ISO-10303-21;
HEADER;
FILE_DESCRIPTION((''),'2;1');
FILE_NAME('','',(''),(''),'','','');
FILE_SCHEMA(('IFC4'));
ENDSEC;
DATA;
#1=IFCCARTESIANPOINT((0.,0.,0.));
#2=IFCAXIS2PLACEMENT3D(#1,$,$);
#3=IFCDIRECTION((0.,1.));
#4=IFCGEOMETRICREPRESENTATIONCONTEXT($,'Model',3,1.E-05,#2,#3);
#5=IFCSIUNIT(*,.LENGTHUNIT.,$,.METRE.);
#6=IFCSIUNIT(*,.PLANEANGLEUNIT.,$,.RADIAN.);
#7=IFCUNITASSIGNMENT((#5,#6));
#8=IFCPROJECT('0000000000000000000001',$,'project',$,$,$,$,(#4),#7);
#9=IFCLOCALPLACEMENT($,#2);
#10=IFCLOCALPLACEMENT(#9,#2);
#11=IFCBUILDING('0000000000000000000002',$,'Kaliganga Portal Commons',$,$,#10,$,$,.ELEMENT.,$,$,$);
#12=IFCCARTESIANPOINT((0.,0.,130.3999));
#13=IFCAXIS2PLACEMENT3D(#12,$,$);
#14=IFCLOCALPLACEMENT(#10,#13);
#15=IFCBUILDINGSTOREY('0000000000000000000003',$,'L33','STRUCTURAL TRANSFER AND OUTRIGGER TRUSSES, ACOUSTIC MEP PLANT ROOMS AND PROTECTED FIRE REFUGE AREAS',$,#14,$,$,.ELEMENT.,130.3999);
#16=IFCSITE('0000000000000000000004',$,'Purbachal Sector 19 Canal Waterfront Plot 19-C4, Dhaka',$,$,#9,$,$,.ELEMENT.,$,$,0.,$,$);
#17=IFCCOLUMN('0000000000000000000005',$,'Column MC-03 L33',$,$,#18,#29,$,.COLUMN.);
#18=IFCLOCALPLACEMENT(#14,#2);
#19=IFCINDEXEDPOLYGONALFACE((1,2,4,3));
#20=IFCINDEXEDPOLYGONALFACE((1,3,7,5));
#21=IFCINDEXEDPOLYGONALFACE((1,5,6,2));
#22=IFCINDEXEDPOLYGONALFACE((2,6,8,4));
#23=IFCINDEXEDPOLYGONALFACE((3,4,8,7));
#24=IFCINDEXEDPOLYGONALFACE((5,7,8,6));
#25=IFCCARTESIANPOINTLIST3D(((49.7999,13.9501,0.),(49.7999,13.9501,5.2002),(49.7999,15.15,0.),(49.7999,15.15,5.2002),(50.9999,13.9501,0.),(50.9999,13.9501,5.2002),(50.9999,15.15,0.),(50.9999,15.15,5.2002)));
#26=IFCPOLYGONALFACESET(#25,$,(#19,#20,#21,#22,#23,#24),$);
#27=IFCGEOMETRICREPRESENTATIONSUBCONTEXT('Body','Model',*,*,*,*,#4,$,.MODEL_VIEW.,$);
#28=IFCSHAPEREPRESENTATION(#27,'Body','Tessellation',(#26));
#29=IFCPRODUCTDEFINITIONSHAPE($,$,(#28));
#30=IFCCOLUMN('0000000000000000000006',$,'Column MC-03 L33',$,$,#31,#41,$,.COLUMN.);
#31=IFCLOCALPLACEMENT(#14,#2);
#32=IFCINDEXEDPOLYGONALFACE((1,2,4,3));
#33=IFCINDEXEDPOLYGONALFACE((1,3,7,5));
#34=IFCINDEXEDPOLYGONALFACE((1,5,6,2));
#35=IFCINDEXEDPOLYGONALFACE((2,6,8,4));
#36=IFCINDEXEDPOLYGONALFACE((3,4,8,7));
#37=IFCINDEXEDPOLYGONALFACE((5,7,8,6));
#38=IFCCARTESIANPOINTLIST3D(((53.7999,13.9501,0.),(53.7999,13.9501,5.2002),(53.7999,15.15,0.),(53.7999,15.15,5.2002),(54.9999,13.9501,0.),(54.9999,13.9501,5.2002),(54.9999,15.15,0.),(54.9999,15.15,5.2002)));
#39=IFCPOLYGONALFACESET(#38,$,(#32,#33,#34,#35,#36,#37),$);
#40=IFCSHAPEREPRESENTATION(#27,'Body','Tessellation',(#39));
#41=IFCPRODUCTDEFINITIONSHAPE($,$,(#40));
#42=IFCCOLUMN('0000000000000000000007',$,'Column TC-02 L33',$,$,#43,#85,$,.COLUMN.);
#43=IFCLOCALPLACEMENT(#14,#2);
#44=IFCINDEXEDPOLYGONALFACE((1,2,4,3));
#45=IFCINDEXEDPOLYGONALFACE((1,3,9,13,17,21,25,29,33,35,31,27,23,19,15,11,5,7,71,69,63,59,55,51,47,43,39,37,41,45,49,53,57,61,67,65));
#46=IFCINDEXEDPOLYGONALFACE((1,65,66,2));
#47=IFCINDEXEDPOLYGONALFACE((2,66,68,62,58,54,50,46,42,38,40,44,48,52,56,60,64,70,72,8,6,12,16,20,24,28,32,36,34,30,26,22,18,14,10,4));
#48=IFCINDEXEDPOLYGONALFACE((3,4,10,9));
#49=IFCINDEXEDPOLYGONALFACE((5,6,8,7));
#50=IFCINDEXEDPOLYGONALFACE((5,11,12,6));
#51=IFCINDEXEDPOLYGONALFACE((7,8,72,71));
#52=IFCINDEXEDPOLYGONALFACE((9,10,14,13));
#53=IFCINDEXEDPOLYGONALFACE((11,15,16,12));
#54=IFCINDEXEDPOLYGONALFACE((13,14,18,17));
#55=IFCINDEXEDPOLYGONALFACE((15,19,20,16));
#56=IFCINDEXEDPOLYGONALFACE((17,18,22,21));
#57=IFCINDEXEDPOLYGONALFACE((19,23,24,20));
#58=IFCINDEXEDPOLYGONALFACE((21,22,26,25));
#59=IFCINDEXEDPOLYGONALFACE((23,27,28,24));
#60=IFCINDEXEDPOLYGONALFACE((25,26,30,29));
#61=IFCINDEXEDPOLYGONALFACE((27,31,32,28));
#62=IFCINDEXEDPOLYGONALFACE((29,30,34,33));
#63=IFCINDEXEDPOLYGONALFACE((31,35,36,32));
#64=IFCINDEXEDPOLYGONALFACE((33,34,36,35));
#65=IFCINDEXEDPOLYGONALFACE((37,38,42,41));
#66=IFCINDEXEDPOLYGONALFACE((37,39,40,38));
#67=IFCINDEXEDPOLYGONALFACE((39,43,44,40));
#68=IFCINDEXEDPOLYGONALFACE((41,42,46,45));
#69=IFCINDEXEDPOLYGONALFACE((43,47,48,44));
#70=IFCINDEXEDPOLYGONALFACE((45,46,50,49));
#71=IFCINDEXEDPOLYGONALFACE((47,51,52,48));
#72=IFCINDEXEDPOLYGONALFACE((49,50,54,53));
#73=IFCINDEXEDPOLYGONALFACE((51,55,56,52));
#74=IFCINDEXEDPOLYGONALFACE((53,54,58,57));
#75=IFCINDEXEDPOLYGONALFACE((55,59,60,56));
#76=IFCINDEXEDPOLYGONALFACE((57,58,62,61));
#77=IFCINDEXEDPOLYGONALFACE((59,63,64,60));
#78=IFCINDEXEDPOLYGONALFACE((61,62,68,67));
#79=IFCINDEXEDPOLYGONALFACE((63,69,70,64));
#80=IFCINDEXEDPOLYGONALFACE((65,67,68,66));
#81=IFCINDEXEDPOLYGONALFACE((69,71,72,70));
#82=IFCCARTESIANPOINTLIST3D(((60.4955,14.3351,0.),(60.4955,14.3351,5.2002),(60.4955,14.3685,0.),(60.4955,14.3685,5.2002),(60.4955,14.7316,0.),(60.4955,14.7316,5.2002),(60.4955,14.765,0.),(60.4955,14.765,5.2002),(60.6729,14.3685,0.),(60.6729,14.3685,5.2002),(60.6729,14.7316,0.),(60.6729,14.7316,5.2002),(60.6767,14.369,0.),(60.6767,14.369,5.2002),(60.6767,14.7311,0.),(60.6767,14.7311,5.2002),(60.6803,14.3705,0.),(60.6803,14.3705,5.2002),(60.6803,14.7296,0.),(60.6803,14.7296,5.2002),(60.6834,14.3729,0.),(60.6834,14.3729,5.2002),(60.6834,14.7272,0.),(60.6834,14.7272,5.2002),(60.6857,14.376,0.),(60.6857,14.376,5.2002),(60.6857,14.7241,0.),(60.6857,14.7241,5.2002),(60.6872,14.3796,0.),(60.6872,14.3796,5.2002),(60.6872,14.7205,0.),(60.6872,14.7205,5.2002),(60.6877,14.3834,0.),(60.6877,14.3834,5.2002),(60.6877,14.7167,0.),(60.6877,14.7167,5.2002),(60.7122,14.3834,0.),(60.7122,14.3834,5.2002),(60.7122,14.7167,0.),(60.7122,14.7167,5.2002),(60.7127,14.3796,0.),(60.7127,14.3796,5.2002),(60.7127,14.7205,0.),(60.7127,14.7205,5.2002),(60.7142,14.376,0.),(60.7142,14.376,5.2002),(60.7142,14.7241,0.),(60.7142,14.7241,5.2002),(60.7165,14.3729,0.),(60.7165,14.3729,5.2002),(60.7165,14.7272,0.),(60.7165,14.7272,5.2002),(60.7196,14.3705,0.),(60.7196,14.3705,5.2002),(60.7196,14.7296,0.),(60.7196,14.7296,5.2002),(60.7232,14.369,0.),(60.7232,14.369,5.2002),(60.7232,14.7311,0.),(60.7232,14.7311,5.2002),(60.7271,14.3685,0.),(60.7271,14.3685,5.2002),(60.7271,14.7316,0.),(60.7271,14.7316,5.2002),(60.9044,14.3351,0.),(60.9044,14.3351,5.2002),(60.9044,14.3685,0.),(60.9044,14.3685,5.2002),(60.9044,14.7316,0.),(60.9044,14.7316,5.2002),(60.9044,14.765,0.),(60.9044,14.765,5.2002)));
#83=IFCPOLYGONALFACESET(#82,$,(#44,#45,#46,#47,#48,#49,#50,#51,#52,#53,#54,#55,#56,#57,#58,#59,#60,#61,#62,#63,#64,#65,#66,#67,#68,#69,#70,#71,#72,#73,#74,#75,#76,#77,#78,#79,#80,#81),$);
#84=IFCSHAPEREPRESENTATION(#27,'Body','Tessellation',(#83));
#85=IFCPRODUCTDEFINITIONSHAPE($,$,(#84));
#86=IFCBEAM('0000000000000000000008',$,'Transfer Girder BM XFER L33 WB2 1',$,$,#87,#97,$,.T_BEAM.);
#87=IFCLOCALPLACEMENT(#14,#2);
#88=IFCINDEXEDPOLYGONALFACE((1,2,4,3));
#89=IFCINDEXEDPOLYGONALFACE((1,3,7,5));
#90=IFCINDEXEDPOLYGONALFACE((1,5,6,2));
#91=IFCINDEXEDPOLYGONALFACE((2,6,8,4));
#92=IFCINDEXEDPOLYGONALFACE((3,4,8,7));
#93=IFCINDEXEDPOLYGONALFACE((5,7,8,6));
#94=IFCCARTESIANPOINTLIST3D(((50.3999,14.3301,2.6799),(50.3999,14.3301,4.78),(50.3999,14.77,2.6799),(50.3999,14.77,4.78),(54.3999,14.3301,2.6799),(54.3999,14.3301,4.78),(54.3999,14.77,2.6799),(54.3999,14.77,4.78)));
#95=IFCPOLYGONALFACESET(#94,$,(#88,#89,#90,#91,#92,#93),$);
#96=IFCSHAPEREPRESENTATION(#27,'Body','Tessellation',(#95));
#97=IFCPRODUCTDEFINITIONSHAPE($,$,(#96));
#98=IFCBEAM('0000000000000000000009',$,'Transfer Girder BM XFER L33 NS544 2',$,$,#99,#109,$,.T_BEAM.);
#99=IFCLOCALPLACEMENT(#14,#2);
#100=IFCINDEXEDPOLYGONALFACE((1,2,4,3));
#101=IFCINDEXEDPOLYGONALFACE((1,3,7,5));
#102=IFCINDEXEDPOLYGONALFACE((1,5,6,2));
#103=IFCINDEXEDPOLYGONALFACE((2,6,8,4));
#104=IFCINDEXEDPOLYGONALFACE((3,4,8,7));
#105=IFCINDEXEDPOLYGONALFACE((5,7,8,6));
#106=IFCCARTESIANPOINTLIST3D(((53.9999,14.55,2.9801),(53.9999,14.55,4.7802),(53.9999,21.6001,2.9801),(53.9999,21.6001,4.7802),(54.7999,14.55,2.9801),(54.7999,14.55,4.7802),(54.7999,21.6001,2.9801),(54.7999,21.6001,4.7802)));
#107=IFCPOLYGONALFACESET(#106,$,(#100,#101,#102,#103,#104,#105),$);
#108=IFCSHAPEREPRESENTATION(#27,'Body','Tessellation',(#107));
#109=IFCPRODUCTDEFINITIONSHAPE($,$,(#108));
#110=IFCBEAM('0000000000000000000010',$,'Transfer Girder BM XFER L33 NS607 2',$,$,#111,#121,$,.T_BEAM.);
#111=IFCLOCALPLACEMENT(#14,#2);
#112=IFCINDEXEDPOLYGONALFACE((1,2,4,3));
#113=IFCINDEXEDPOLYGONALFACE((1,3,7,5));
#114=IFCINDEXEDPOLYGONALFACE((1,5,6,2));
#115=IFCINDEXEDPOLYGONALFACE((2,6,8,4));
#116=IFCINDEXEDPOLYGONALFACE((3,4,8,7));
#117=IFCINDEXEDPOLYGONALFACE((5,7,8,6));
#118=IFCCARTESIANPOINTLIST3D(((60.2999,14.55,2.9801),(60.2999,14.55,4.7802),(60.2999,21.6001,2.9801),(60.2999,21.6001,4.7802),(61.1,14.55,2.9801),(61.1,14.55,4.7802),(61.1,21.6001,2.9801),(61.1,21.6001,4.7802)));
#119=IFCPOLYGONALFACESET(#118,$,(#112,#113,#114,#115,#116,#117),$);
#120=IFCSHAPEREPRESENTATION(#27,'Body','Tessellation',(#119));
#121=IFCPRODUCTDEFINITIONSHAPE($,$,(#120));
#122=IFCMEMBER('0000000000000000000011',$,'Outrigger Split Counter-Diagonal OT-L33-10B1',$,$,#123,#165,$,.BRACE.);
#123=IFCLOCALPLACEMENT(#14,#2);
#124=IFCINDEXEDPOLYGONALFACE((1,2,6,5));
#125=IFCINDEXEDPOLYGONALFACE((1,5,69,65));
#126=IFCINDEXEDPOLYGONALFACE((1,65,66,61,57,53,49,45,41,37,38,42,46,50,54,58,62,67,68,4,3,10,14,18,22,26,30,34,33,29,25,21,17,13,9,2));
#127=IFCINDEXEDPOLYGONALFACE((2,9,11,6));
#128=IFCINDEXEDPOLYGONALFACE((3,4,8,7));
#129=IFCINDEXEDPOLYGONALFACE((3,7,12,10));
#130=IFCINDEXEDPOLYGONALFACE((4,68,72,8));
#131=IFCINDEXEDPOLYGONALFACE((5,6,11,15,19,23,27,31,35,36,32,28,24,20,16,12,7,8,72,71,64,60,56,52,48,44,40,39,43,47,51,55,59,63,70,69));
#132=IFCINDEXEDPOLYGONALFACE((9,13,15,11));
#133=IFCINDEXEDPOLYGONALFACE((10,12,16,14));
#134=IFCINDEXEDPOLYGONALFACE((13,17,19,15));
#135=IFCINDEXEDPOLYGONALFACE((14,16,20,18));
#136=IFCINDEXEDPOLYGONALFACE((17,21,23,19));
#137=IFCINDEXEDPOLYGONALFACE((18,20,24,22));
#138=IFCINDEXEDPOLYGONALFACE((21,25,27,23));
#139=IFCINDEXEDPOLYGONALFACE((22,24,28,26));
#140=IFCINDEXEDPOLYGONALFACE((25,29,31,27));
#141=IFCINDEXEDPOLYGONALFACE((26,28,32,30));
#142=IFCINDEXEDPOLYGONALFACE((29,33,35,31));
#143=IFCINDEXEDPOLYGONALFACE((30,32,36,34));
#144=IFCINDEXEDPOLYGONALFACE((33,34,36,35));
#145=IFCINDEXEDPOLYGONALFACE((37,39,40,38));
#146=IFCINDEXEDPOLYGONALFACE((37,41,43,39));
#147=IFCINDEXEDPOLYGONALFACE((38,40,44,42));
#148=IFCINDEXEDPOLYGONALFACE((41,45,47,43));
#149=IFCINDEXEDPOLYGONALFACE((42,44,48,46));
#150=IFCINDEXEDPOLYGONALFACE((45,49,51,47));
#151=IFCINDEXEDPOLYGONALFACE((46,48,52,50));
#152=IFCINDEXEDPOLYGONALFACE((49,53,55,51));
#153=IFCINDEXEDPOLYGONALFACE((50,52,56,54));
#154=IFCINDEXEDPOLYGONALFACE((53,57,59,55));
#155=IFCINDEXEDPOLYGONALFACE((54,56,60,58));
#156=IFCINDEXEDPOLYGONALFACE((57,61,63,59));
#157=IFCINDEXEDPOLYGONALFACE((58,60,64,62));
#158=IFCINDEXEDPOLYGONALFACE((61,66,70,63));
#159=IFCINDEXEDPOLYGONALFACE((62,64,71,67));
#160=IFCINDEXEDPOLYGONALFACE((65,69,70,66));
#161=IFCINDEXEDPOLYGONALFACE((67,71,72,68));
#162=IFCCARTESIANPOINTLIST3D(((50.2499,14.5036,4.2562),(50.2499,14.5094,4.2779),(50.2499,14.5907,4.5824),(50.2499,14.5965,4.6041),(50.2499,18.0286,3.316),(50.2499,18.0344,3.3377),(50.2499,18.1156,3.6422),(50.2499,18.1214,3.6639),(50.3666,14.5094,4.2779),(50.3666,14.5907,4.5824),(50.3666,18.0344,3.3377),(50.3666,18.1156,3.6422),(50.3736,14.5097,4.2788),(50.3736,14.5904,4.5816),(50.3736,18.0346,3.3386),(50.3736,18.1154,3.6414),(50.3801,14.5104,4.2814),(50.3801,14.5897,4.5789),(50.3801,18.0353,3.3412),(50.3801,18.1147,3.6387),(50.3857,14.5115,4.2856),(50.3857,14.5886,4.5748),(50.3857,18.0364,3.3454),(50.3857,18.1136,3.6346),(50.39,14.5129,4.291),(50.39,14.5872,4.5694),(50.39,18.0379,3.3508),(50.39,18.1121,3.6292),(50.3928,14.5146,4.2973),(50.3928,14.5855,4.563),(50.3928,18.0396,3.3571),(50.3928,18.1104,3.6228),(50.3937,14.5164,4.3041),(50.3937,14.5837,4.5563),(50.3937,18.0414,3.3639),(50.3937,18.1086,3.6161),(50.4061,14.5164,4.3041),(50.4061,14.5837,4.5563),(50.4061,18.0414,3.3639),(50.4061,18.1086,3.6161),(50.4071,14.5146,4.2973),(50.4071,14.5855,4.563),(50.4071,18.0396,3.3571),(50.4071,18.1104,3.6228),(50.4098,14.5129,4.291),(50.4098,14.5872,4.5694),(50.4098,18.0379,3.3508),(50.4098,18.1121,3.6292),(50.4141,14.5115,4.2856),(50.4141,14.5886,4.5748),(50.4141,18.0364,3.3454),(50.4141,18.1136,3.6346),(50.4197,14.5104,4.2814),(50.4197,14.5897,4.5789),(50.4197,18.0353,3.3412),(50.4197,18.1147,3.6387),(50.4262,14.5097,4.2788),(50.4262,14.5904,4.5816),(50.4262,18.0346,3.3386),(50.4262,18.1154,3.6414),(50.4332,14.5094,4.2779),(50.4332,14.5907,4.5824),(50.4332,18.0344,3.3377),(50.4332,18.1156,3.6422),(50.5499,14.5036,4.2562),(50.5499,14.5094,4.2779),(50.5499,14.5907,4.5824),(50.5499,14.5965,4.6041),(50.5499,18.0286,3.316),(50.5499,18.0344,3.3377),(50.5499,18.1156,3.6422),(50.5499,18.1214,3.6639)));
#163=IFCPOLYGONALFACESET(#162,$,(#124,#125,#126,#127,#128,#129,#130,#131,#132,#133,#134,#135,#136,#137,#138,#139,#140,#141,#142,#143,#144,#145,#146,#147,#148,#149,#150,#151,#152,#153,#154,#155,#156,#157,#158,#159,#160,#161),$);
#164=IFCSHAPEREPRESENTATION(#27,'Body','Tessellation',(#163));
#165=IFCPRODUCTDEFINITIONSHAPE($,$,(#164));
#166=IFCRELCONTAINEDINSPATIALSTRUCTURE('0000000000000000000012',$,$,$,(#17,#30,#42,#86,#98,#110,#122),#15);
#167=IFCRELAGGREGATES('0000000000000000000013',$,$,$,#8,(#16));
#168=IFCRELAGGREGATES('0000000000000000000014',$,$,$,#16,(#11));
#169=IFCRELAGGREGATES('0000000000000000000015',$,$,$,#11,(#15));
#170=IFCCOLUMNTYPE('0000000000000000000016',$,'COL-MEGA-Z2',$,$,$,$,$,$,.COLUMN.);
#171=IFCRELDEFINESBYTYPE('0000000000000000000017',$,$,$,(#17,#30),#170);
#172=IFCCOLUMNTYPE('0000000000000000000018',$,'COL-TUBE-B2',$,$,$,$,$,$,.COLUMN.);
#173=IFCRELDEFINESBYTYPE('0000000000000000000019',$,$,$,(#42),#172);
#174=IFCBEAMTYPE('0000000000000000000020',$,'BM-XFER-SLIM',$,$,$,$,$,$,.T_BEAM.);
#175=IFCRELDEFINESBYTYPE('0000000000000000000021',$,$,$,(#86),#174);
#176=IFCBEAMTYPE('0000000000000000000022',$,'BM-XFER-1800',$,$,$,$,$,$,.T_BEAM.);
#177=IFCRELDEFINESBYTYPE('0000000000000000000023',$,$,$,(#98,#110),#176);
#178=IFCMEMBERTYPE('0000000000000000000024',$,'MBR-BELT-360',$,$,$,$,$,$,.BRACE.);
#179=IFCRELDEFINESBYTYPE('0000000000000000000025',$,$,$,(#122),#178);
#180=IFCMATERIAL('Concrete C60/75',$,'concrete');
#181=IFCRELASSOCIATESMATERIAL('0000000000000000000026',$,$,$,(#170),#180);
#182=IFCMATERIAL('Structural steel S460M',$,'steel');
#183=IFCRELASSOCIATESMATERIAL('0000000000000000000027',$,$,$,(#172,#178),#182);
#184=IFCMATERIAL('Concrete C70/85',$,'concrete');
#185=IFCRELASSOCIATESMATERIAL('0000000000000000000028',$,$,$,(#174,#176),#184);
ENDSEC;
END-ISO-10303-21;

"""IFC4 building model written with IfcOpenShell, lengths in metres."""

from ifc_helpers import new_model, si_unit, direction, frame, origin, origin_2d, place, context, subcontext, project, spatial, rectangle, i_section, extrude, source, transform, mapped, material, material_profile, profile_set, type_object, element, save


model = new_model("IFC4")

# Units and contexts
model_context = context("Model", 3, precision=1e-05, world=origin(), true_north=direction((0.0, 1.0)))
body_context = subcontext(model_context, "Body", "Model", "MODEL_VIEW")
ifc_project = project(units=[si_unit("LENGTHUNIT", "METRE"), si_unit("PLANEANGLEUNIT", "RADIAN")], contexts=[model_context])

# Site, building, storey
site_placement = place(None, origin())
site = spatial("IfcSite", under=ifc_project, at=site_placement, Name="Purbachal Sector 19 Canal Waterfront Plot 19-C4, Dhaka", CompositionType="ELEMENT", RefElevation=0.0)
building_placement = place(site_placement, origin())
building = spatial("IfcBuilding", under=site, at=building_placement, Name="Kaliganga Portal Commons", CompositionType="ELEMENT")
storey_placement = place(building_placement, frame((0.0, 0.0, 130.3999)))
storey = spatial("IfcBuildingStorey", under=building, at=storey_placement, Name="L33", Description="STRUCTURAL TRANSFER AND OUTRIGGER TRUSSES, ACOUSTIC MEP PLANT ROOMS AND PROTECTED FIRE REFUGE AREAS", CompositionType="ELEMENT", Elevation=130.3999)

# Columns
ifc_material_1 = material(Name="Concrete C60/75", Category="concrete")
ifc_material_profile_1 = material_profile(ifc_material_1, rectangle(XDim=1.2, YDim=1.2, at=origin_2d()), Name="RC 1200x1200")
ifc_profile_set_1 = profile_set([ifc_material_profile_1], Name="Concrete C60/75")
column_type_1 = type_object("IfcColumnType", Name="COL-MEGA-Z2", PredefinedType="COLUMN", material=ifc_profile_set_1)
shared_shape_1 = source(origin(), body_context, "Body", "SweptSolid", [
    extrude(rectangle(XDim=1.2, YDim=1.2, at=origin_2d()), origin(), (0.0, 0.0, 1.0), 5.2002),
])
for number, where, z_axis, x_axis, name in (
    (1, (50.3999, 14.55, 0.0), (0.0, 0.0, 1.0), (1.0, 0.0, 0.0), "Column MC-03 L33"),
    (2, (54.3999, 14.55, 0.0), (0.0, 0.0, 1.0), (1.0, 0.0, 0.0), "Column MC-03 L33"),
):
    element("IfcColumn", number, at=place(storey_placement, frame(where, z_axis=z_axis, x_axis=x_axis)), inside=storey, type_object=column_type_1, Name=name, PredefinedType="COLUMN", context=body_context, shape_type="MappedRepresentation", body=[
        mapped(shared_shape_1, transform((0.0, 0.0, 0.0), x_axis=(1.0, 0.0, 0.0), y_axis=(0.0, 1.0, 0.0), z_axis=(0.0, 0.0, 1.0), scale=1.0)),
    ])
ifc_material_2 = material(Name="Structural steel S460M", Category="steel")
ifc_material_profile_2 = material_profile(ifc_material_2, i_section(OverallWidth=0.4089, OverallDepth=0.4299, WebThickness=0.0244, FlangeThickness=0.0334, FilletRadius=0.0149, at=origin_2d()), Name="HD 400x421")
ifc_profile_set_2 = profile_set([ifc_material_profile_2], Name="Structural steel S460M wide-flange")
column_type_2 = type_object("IfcColumnType", Name="COL-TUBE-B2", PredefinedType="COLUMN", material=ifc_profile_set_2)
shared_shape_2 = source(origin(), body_context, "Body", "SweptSolid", [
    extrude(i_section(OverallWidth=0.4089, OverallDepth=0.4299, WebThickness=0.0244, FlangeThickness=0.0334, FilletRadius=0.0149, at=origin_2d()), origin(), (0.0, 0.0, 1.0), 5.2002),
])
column_placement = place(storey_placement, frame((60.7, 14.55, 0.0), z_axis=(0.0, 0.0, 1.0), x_axis=(1.0, 0.0, 0.0)))
element("IfcColumn", 3, at=column_placement, inside=storey, type_object=column_type_2, Name="Column TC-02 L33", PredefinedType="COLUMN", context=body_context, shape_type="MappedRepresentation", body=[
    mapped(shared_shape_2, transform((0.0, 0.0, 0.0), x_axis=(1.0, 0.0, 0.0), y_axis=(0.0, 1.0, 0.0), z_axis=(0.0, 0.0, 1.0), scale=1.0)),
])

# Beams
ifc_material_3 = material(Name="Concrete C70/85", Category="concrete")
ifc_material_profile_3 = material_profile(ifc_material_3, rectangle(XDim=0.4399, YDim=2.1001, at=origin_2d()), Name="RC 440x2100")
ifc_profile_set_3 = profile_set([ifc_material_profile_3], Name="Concrete C70/85")
beam_type_1 = type_object("IfcBeamType", Name="BM-XFER-SLIM", PredefinedType="T_BEAM", material=ifc_profile_set_3)
shared_shape_3 = source(origin(), body_context, "Body", "SweptSolid", [
    extrude(rectangle(XDim=0.4399, YDim=2.1001, at=origin_2d()), origin(), (0.0, 0.0, 1.0), 4.0),
])
beam_1_placement = place(storey_placement, frame((50.3999, 14.55, 3.73), z_axis=(1.0, 0.0, 0.0), x_axis=(0.0, 1.0, 0.0)))
element("IfcBeam", 4, at=beam_1_placement, inside=storey, type_object=beam_type_1, Name="Transfer Girder BM XFER L33 WB2 1", PredefinedType="T_BEAM", context=body_context, shape_type="MappedRepresentation", body=[
    mapped(shared_shape_3, transform((0.0, 0.0, 0.0), x_axis=(1.0, 0.0, 0.0), y_axis=(0.0, 1.0, 0.0), z_axis=(0.0, 0.0, 1.0), scale=1.0)),
])
ifc_material_profile_4 = material_profile(ifc_material_3, rectangle(XDim=0.8, YDim=1.8, at=origin_2d()), Name="RC 800x1800")
ifc_profile_set_4 = profile_set([ifc_material_profile_4], Name="Concrete C70/85")
beam_type_2 = type_object("IfcBeamType", Name="BM-XFER-1800", PredefinedType="T_BEAM", material=ifc_profile_set_4)
shared_shape_4 = source(origin(), body_context, "Body", "SweptSolid", [
    extrude(rectangle(XDim=0.8, YDim=1.8, at=origin_2d()), origin(), (0.0, 0.0, 1.0), 7.05),
])
for number, where, z_axis, x_axis, name in (
    (5, (54.3999, 14.55, 3.8801), (0.0, 1.0, 0.0), (-1.0, 0.0, 0.0), "Transfer Girder BM XFER L33 NS544 2"),
    (6, (60.7, 14.55, 3.8801), (0.0, 1.0, 0.0), (-1.0, 0.0, 0.0), "Transfer Girder BM XFER L33 NS607 2"),
):
    element("IfcBeam", number, at=place(storey_placement, frame(where, z_axis=z_axis, x_axis=x_axis)), inside=storey, type_object=beam_type_2, Name=name, PredefinedType="T_BEAM", context=body_context, shape_type="MappedRepresentation", body=[
        mapped(shared_shape_4, transform((0.0, 0.0, 0.0), x_axis=(1.0, 0.0, 0.0), y_axis=(0.0, 1.0, 0.0), z_axis=(0.0, 0.0, 1.0), scale=1.0)),
    ])

# Member
ifc_material_profile_5 = material_profile(ifc_material_2, i_section(OverallWidth=0.3, OverallDepth=0.3601, WebThickness=0.0125, FlangeThickness=0.0225, FilletRadius=0.0271, at=origin_2d()), Name="HE 360 B")
ifc_profile_set_5 = profile_set([ifc_material_profile_5], Name="Structural steel S460M wide-flange")
member_type_1 = type_object("IfcMemberType", Name="MBR-BELT-360", PredefinedType="BRACE", material=ifc_profile_set_5)
shared_shape_5 = source(origin(), body_context, "Body", "SweptSolid", [
    extrude(i_section(OverallWidth=0.3, OverallDepth=0.3601, WebThickness=0.0125, FlangeThickness=0.0225, FilletRadius=0.0271, at=origin_2d()), origin(), (0.0, 0.0, 1.0), 3.6482),
])
for number, where, z_axis, x_axis, name in (
    (7, (50.3999, 14.55, 4.4302), (0.0, 0.96622, -0.257717), (-1.0, 0.0, 0.0), "Outrigger Split Counter-Diagonal OT-L33-10B1"),
):
    element("IfcMember", number, at=place(storey_placement, frame(where, z_axis=z_axis, x_axis=x_axis)), inside=storey, type_object=member_type_1, Name=name, PredefinedType="BRACE", context=body_context, shape_type="MappedRepresentation", body=[
        mapped(shared_shape_5, transform((0.0, 0.0, 0.0), x_axis=(1.0, 0.0, 0.0), y_axis=(0.0, 1.0, 0.0), z_axis=(0.0, 0.0, 1.0), scale=1.0)),
    ])

save(model, "model.ifc")
